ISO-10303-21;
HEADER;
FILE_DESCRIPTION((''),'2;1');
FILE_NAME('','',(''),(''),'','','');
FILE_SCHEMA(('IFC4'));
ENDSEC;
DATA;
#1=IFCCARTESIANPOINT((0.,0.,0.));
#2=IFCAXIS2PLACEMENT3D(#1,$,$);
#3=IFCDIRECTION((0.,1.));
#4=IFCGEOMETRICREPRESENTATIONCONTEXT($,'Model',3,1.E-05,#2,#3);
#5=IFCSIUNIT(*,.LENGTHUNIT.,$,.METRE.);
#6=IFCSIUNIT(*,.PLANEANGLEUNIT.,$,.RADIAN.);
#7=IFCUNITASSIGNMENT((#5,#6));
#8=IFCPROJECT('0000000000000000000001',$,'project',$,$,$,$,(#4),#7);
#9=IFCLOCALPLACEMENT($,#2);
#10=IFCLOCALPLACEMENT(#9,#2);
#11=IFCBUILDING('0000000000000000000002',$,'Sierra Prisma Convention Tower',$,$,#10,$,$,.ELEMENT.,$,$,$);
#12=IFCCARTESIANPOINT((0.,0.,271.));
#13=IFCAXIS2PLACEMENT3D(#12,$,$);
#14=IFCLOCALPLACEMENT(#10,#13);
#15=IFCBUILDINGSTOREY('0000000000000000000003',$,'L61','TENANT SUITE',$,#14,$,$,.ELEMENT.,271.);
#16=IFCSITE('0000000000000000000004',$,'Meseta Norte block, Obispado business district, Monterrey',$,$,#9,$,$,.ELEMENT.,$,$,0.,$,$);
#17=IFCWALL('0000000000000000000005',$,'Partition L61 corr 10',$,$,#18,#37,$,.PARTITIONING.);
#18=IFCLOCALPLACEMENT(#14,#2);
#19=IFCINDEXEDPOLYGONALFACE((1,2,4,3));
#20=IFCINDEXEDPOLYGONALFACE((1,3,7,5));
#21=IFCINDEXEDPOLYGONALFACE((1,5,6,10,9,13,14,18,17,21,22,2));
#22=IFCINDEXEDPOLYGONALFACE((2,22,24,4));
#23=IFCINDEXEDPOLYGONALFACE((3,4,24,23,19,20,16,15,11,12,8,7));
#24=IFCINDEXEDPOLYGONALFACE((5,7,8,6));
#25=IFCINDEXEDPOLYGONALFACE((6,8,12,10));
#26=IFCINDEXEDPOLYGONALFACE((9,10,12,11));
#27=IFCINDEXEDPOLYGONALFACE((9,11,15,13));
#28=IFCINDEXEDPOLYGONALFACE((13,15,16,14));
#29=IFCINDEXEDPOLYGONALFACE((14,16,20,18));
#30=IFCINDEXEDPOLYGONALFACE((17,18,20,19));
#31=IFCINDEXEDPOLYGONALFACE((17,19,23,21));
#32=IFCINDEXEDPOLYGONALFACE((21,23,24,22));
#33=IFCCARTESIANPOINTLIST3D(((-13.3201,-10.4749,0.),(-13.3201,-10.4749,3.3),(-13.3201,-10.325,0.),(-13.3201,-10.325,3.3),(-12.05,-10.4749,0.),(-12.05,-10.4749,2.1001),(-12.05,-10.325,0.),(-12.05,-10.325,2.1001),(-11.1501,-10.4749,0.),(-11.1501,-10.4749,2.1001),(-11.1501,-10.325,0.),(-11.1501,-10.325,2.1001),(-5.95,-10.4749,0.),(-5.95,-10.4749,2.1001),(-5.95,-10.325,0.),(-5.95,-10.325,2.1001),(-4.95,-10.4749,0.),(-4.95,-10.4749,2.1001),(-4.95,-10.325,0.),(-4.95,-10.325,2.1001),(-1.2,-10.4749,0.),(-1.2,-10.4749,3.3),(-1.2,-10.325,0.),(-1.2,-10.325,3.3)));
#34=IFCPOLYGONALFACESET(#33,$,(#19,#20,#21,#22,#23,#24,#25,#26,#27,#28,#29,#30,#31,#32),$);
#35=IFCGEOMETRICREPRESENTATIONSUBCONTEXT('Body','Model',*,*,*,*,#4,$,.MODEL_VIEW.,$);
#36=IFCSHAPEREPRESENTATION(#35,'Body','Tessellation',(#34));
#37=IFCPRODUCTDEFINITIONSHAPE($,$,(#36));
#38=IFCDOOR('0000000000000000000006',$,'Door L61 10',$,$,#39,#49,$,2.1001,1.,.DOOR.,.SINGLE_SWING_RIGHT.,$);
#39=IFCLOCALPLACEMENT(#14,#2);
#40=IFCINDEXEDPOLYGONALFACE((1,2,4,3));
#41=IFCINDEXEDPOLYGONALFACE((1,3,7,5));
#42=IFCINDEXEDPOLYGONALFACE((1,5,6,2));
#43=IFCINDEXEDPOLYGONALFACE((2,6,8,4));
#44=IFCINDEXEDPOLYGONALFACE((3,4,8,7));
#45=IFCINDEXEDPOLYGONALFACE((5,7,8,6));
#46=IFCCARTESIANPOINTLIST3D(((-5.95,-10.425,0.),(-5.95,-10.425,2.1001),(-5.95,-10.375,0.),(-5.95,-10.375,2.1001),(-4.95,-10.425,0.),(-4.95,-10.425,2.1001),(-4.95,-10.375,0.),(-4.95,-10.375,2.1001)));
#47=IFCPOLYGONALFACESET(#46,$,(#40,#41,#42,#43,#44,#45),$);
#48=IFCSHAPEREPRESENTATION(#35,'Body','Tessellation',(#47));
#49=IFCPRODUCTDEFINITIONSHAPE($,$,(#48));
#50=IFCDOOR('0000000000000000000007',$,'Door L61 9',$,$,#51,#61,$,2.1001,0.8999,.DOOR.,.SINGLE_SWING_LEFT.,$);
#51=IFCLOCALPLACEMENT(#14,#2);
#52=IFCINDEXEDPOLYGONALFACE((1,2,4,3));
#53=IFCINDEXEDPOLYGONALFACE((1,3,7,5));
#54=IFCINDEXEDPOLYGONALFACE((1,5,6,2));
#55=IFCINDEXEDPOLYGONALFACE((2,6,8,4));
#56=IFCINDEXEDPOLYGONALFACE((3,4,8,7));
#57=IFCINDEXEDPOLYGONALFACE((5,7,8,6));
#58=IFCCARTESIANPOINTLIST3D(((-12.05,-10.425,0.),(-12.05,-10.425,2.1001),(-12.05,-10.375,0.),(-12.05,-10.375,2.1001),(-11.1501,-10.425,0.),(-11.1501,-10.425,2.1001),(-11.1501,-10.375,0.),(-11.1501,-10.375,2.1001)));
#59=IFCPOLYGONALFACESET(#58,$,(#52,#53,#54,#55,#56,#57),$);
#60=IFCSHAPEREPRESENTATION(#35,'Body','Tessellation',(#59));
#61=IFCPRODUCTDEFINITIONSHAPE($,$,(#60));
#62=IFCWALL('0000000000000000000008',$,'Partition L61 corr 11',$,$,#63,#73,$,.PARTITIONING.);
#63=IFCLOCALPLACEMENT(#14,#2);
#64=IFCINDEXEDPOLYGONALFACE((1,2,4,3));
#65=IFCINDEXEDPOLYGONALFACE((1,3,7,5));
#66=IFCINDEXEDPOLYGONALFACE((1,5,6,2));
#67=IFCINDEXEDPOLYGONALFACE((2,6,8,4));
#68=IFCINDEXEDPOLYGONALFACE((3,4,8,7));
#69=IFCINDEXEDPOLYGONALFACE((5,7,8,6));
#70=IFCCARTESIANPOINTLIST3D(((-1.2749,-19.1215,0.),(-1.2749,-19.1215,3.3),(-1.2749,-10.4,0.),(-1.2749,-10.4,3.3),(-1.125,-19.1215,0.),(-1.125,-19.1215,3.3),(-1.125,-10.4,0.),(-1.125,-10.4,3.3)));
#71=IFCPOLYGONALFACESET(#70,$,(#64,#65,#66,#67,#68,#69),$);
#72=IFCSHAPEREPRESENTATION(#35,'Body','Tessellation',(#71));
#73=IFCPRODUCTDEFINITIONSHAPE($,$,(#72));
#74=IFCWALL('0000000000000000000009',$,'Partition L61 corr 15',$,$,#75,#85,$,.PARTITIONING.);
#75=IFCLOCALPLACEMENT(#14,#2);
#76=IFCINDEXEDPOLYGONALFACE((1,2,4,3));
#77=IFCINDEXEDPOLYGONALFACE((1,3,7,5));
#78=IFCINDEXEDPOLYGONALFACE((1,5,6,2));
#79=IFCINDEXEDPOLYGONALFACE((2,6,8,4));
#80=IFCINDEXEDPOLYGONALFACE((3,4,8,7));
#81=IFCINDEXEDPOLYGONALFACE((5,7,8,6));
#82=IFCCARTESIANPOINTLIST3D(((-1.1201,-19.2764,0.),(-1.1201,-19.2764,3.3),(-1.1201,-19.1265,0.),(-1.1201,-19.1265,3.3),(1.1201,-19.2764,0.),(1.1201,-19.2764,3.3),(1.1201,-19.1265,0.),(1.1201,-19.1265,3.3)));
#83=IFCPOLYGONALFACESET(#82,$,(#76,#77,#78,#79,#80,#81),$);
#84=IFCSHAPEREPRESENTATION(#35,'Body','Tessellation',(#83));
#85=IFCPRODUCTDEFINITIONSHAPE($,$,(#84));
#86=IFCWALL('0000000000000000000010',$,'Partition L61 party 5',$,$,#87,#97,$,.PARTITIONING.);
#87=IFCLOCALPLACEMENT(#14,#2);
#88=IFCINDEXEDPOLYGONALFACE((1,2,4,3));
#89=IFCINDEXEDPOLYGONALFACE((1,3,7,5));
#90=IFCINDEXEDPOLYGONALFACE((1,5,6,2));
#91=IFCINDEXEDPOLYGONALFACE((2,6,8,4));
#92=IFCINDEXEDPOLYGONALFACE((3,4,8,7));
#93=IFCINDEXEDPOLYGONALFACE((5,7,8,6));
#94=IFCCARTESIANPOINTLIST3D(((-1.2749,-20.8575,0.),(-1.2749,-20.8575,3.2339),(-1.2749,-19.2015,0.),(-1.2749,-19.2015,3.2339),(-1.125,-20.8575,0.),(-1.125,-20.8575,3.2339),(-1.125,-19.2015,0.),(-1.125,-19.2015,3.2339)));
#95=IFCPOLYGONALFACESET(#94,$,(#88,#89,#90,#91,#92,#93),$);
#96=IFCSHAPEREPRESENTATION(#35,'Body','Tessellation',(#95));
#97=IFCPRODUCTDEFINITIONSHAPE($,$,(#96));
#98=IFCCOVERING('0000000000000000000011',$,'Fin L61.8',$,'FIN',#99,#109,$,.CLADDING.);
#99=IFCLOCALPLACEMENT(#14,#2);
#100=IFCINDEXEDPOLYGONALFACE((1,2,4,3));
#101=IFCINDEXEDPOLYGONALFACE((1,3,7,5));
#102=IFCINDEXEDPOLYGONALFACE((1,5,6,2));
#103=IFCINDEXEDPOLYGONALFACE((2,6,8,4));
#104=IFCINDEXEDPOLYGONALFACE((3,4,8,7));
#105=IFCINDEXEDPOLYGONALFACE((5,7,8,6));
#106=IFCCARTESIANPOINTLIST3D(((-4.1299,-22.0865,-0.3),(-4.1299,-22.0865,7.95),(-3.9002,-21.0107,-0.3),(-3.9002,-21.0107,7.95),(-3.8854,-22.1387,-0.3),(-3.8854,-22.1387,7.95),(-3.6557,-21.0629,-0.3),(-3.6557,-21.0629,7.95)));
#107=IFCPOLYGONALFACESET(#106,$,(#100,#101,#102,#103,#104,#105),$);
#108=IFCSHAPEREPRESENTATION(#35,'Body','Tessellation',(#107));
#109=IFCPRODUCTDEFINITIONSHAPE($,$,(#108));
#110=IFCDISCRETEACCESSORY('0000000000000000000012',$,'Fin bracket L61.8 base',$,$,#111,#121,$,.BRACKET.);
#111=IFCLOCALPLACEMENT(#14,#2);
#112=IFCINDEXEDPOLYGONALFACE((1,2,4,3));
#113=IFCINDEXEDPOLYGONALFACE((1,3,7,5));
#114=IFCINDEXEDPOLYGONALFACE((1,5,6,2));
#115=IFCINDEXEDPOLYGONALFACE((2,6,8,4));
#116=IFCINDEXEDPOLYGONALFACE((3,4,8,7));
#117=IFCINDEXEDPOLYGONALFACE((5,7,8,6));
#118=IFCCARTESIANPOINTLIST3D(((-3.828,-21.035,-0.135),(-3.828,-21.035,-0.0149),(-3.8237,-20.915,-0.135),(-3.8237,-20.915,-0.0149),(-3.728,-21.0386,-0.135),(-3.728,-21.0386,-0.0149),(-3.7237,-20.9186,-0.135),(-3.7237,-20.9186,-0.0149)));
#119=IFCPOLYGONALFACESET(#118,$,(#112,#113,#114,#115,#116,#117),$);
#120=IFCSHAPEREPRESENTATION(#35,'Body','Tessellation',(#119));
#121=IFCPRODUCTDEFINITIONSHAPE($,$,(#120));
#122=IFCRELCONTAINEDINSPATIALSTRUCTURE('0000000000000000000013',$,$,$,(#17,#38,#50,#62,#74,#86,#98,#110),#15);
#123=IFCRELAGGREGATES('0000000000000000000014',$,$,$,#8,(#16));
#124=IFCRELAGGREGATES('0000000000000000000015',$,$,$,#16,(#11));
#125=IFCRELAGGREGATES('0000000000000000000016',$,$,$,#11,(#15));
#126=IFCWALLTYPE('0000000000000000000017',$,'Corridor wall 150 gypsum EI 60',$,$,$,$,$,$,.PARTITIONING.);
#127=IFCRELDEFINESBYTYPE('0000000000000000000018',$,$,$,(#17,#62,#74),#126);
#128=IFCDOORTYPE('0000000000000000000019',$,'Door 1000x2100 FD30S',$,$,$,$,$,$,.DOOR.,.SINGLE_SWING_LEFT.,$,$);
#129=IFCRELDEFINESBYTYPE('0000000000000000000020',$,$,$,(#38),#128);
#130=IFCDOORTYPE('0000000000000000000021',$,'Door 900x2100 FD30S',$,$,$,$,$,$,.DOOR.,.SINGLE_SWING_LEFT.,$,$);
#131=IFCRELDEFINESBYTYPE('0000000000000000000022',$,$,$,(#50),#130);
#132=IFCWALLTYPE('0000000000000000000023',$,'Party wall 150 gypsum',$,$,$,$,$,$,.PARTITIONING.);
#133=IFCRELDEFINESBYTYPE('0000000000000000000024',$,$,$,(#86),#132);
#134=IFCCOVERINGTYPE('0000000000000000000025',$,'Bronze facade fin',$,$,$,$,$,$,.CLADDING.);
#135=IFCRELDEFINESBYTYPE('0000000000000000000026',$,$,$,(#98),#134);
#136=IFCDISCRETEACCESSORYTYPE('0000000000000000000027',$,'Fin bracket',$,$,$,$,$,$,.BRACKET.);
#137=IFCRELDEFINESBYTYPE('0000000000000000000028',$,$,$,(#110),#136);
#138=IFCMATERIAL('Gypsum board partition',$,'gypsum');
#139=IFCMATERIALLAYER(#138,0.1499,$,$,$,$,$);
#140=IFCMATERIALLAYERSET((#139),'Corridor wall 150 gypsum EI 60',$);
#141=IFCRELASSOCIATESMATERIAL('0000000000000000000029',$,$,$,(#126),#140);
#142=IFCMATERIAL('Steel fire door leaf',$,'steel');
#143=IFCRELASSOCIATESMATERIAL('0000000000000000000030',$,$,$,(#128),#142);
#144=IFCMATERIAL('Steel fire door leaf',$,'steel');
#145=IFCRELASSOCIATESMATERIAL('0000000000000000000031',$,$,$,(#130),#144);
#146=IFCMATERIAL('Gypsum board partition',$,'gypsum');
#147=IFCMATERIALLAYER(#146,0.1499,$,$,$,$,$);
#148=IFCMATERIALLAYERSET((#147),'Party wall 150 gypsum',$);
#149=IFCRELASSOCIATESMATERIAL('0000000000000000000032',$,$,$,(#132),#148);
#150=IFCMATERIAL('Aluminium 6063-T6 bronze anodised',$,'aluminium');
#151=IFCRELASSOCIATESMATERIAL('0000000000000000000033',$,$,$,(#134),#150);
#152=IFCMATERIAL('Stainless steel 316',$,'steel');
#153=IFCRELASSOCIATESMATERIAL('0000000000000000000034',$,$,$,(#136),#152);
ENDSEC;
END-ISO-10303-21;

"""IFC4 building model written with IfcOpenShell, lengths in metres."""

from ifc_helpers import new_model, si_unit, direction, frame, frame_2d, origin, origin_2d, place, context, subcontext, project, spatial, rectangle, extrude, material, layer, layer_set, material_profile, profile_set, type_object, element, fill, save


model = new_model("IFC4")

# Units and contexts
model_context = context("Model", 3, precision=1e-05, world=origin(), true_north=direction((0.0, 1.0)))
body_context = subcontext(model_context, "Body", "Model", "MODEL_VIEW")
ifc_project = project(units=[si_unit("LENGTHUNIT", "METRE"), si_unit("PLANEANGLEUNIT", "RADIAN")], contexts=[model_context])

# Site, building, storey
site_placement = place(None, origin())
site = spatial("IfcSite", under=ifc_project, at=site_placement, Name="Meseta Norte block, Obispado business district, Monterrey", CompositionType="ELEMENT", RefElevation=0.0)
building_placement = place(site_placement, origin())
building = spatial("IfcBuilding", under=site, at=building_placement, Name="Sierra Prisma Convention Tower", CompositionType="ELEMENT")
storey_placement = place(building_placement, frame((0.0, 0.0, 271.0)))
storey = spatial("IfcBuildingStorey", under=building, at=storey_placement, Name="L61", Description="TENANT SUITE", CompositionType="ELEMENT", Elevation=271.0)

# Shared definitions
ifc_material_1 = material(Name="Gypsum board partition", Category="gypsum")
ifc_layer_1 = layer(ifc_material_1, 0.1499)
ifc_layer_set_1 = layer_set([ifc_layer_1], Name="Corridor wall 150 gypsum EI 60")
wall_type_1 = type_object("IfcWallType", Name="Corridor wall 150 gypsum EI 60", PredefinedType="PARTITIONING", material=ifc_layer_set_1)

# Wall, openings, doors
wall_1_placement = place(storey_placement, frame((-13.3201, -10.3999, 0.0), z_axis=(0.0, 0.0, 1.0), x_axis=(1.0, 0.0, 0.0)))
wall_1 = element("IfcWall", 1, at=wall_1_placement, inside=storey, type_object=wall_type_1, Name="Partition L61 corr 10", PredefinedType="PARTITIONING", context=body_context, shape_type="SweptSolid", body=[
    extrude(rectangle(XDim=12.1201, YDim=0.1499, at=frame_2d((6.0601, 0.0))), origin(), (0.0, 0.0, 1.0), 3.3),
])
opening_1_placement = place(wall_1_placement, frame((1.27, 0.0, 0.0)))
opening_1 = element("IfcOpeningElement", 2, at=opening_1_placement, cuts=wall_1, PredefinedType="OPENING", context=body_context, shape_type="SweptSolid", body=[
    extrude(rectangle(XDim=0.8999, YDim=2.1001, at=frame_2d((0.45, 1.05))), frame((0.0, 0.075, 0.0), z_axis=(0.0, -1.0, 0.0), x_axis=(1.0, 0.0, 0.0)), (0.0, 0.0, 1.0), 0.1499),
])
opening_2_placement = place(wall_1_placement, frame((7.3701, 0.0, 0.0)))
opening_2 = element("IfcOpeningElement", 3, at=opening_2_placement, cuts=wall_1, PredefinedType="OPENING", context=body_context, shape_type="SweptSolid", body=[
    extrude(rectangle(XDim=1.0, YDim=2.1001, at=frame_2d((0.5, 1.05))), frame((0.0, 0.075, 0.0), z_axis=(0.0, -1.0, 0.0), x_axis=(1.0, 0.0, 0.0)), (0.0, 0.0, 1.0), 0.1499),
])
ifc_material_2 = material(Name="Steel fire door leaf", Category="steel")
door_type_1 = type_object("IfcDoorType", Name="Door 1000x2100 FD30S", OperationType="SINGLE_SWING_LEFT", PredefinedType="DOOR", material=ifc_material_2)
door_1_placement = place(opening_2_placement, origin())
door_1 = element("IfcDoor", 4, at=door_1_placement, inside=storey, type_object=door_type_1, Name="Door L61 10", OperationType="SINGLE_SWING_RIGHT", OverallHeight=2.1001, OverallWidth=1.0, PredefinedType="DOOR", context=body_context, shape_type="SweptSolid", body=[
    extrude(rectangle(XDim=1.0, YDim=2.1001, at=frame_2d((0.5, 1.05))), frame((0.0, 0.0249, 0.0), z_axis=(0.0, -1.0, 0.0), x_axis=(1.0, 0.0, 0.0)), (0.0, 0.0, 1.0), 0.05),
])
fill(opening_2, door_1)
ifc_material_3 = material(Name="Steel fire door leaf", Category="steel")
door_type_2 = type_object("IfcDoorType", Name="Door 900x2100 FD30S", OperationType="SINGLE_SWING_LEFT", PredefinedType="DOOR", material=ifc_material_3)
door_2_placement = place(opening_1_placement, origin())
door_2 = element("IfcDoor", 5, at=door_2_placement, inside=storey, type_object=door_type_2, Name="Door L61 9", OperationType="SINGLE_SWING_LEFT", OverallHeight=2.1001, OverallWidth=0.8999, PredefinedType="DOOR", context=body_context, shape_type="SweptSolid", body=[
    extrude(rectangle(XDim=0.8999, YDim=2.1001, at=frame_2d((0.45, 1.05))), frame((0.0, 0.0249, 0.0), z_axis=(0.0, -1.0, 0.0), x_axis=(1.0, 0.0, 0.0)), (0.0, 0.0, 1.0), 0.05),
])
fill(opening_1, door_2)

# Walls
wall_2_placement = place(storey_placement, frame((-1.2, -10.3999, 0.0), z_axis=(0.0, 0.0, 1.0), x_axis=(0.0, -1.0, 0.0)))
element("IfcWall", 6, at=wall_2_placement, inside=storey, type_object=wall_type_1, Name="Partition L61 corr 11", PredefinedType="PARTITIONING", context=body_context, shape_type="SweptSolid", body=[
    extrude(rectangle(XDim=8.7214, YDim=0.1499, at=frame_2d((4.3608, 0.0))), origin(), (0.0, 0.0, 1.0), 3.3),
])
wall_3_placement = place(storey_placement, frame((-1.1201, -19.2014, 0.0), z_axis=(0.0, 0.0, 1.0), x_axis=(1.0, 0.0, 0.0)))
element("IfcWall", 7, at=wall_3_placement, inside=storey, type_object=wall_type_1, Name="Partition L61 corr 15", PredefinedType="PARTITIONING", context=body_context, shape_type="SweptSolid", body=[
    extrude(rectangle(XDim=2.2402, YDim=0.1499, at=frame_2d((1.1201, 0.0))), origin(), (0.0, 0.0, 1.0), 3.3),
])
ifc_material_4 = material(Name="Gypsum board partition", Category="gypsum")
ifc_layer_2 = layer(ifc_material_4, 0.1499)
ifc_layer_set_2 = layer_set([ifc_layer_2], Name="Party wall 150 gypsum")
wall_type_2 = type_object("IfcWallType", Name="Party wall 150 gypsum", PredefinedType="PARTITIONING", material=ifc_layer_set_2)
wall_4_placement = place(storey_placement, frame((-1.2, -19.2014, 0.0), z_axis=(0.0, 0.0, 1.0), x_axis=(0.0, -1.0, 0.0)))
element("IfcWall", 8, at=wall_4_placement, inside=storey, type_object=wall_type_2, Name="Partition L61 party 5", PredefinedType="PARTITIONING", context=body_context, shape_type="SweptSolid", body=[
    extrude(rectangle(XDim=1.656, YDim=0.1499, at=frame_2d((0.8281, 0.0))), origin(), (0.0, 0.0, 1.0), 3.2339),
])

# Covering
ifc_material_5 = material(Name="Aluminium 6063-T6 bronze anodised", Category="aluminium")
ifc_material_profile_1 = material_profile(ifc_material_5, rectangle(XDim=1.1001, YDim=0.25, at=origin_2d()), Name="ALU FIN 1100x250")
ifc_profile_set_1 = profile_set([ifc_material_profile_1], Name="Aluminium 6063-T6 bronze anodised")
covering_type = type_object("IfcCoveringType", Name="Bronze facade fin", PredefinedType="CLADDING", material=ifc_profile_set_1)
covering_placement = place(storey_placement, frame((-3.8928, -21.5747, -0.3), z_axis=(0.0, 0.0, 1.0), x_axis=(-0.208782, -0.977962, 0.0)))
element("IfcCovering", 9, at=covering_placement, inside=storey, type_object=covering_type, Name="Fin L61.8", ObjectType="FIN", PredefinedType="CLADDING", context=body_context, shape_type="SweptSolid", body=[
    extrude(rectangle(XDim=1.1001, YDim=0.25, at=origin_2d()), origin(), (0.0, 0.0, 1.0), 8.25),
])

# Discrete accessory
ifc_material_6 = material(Name="Stainless steel 316", Category="steel")
discrete_accessory_type = type_object("IfcDiscreteAccessoryType", Name="Fin bracket", PredefinedType="BRACKET", material=ifc_material_6)
discrete_accessory_placement = place(storey_placement, frame((-3.7759, -20.9768, -0.135), z_axis=(0.0, 0.0, 1.0), x_axis=(-0.035788, -0.999359, 0.0)))
element("IfcDiscreteAccessory", 10, at=discrete_accessory_placement, inside=storey, type_object=discrete_accessory_type, Name="Fin bracket L61.8 base", PredefinedType="BRACKET", context=body_context, shape_type="SweptSolid", body=[
    extrude(rectangle(XDim=0.1201, YDim=0.1001, at=origin_2d()), origin(), (0.0, 0.0, 1.0), 0.1201),
])

save(model, "model.ifc")
